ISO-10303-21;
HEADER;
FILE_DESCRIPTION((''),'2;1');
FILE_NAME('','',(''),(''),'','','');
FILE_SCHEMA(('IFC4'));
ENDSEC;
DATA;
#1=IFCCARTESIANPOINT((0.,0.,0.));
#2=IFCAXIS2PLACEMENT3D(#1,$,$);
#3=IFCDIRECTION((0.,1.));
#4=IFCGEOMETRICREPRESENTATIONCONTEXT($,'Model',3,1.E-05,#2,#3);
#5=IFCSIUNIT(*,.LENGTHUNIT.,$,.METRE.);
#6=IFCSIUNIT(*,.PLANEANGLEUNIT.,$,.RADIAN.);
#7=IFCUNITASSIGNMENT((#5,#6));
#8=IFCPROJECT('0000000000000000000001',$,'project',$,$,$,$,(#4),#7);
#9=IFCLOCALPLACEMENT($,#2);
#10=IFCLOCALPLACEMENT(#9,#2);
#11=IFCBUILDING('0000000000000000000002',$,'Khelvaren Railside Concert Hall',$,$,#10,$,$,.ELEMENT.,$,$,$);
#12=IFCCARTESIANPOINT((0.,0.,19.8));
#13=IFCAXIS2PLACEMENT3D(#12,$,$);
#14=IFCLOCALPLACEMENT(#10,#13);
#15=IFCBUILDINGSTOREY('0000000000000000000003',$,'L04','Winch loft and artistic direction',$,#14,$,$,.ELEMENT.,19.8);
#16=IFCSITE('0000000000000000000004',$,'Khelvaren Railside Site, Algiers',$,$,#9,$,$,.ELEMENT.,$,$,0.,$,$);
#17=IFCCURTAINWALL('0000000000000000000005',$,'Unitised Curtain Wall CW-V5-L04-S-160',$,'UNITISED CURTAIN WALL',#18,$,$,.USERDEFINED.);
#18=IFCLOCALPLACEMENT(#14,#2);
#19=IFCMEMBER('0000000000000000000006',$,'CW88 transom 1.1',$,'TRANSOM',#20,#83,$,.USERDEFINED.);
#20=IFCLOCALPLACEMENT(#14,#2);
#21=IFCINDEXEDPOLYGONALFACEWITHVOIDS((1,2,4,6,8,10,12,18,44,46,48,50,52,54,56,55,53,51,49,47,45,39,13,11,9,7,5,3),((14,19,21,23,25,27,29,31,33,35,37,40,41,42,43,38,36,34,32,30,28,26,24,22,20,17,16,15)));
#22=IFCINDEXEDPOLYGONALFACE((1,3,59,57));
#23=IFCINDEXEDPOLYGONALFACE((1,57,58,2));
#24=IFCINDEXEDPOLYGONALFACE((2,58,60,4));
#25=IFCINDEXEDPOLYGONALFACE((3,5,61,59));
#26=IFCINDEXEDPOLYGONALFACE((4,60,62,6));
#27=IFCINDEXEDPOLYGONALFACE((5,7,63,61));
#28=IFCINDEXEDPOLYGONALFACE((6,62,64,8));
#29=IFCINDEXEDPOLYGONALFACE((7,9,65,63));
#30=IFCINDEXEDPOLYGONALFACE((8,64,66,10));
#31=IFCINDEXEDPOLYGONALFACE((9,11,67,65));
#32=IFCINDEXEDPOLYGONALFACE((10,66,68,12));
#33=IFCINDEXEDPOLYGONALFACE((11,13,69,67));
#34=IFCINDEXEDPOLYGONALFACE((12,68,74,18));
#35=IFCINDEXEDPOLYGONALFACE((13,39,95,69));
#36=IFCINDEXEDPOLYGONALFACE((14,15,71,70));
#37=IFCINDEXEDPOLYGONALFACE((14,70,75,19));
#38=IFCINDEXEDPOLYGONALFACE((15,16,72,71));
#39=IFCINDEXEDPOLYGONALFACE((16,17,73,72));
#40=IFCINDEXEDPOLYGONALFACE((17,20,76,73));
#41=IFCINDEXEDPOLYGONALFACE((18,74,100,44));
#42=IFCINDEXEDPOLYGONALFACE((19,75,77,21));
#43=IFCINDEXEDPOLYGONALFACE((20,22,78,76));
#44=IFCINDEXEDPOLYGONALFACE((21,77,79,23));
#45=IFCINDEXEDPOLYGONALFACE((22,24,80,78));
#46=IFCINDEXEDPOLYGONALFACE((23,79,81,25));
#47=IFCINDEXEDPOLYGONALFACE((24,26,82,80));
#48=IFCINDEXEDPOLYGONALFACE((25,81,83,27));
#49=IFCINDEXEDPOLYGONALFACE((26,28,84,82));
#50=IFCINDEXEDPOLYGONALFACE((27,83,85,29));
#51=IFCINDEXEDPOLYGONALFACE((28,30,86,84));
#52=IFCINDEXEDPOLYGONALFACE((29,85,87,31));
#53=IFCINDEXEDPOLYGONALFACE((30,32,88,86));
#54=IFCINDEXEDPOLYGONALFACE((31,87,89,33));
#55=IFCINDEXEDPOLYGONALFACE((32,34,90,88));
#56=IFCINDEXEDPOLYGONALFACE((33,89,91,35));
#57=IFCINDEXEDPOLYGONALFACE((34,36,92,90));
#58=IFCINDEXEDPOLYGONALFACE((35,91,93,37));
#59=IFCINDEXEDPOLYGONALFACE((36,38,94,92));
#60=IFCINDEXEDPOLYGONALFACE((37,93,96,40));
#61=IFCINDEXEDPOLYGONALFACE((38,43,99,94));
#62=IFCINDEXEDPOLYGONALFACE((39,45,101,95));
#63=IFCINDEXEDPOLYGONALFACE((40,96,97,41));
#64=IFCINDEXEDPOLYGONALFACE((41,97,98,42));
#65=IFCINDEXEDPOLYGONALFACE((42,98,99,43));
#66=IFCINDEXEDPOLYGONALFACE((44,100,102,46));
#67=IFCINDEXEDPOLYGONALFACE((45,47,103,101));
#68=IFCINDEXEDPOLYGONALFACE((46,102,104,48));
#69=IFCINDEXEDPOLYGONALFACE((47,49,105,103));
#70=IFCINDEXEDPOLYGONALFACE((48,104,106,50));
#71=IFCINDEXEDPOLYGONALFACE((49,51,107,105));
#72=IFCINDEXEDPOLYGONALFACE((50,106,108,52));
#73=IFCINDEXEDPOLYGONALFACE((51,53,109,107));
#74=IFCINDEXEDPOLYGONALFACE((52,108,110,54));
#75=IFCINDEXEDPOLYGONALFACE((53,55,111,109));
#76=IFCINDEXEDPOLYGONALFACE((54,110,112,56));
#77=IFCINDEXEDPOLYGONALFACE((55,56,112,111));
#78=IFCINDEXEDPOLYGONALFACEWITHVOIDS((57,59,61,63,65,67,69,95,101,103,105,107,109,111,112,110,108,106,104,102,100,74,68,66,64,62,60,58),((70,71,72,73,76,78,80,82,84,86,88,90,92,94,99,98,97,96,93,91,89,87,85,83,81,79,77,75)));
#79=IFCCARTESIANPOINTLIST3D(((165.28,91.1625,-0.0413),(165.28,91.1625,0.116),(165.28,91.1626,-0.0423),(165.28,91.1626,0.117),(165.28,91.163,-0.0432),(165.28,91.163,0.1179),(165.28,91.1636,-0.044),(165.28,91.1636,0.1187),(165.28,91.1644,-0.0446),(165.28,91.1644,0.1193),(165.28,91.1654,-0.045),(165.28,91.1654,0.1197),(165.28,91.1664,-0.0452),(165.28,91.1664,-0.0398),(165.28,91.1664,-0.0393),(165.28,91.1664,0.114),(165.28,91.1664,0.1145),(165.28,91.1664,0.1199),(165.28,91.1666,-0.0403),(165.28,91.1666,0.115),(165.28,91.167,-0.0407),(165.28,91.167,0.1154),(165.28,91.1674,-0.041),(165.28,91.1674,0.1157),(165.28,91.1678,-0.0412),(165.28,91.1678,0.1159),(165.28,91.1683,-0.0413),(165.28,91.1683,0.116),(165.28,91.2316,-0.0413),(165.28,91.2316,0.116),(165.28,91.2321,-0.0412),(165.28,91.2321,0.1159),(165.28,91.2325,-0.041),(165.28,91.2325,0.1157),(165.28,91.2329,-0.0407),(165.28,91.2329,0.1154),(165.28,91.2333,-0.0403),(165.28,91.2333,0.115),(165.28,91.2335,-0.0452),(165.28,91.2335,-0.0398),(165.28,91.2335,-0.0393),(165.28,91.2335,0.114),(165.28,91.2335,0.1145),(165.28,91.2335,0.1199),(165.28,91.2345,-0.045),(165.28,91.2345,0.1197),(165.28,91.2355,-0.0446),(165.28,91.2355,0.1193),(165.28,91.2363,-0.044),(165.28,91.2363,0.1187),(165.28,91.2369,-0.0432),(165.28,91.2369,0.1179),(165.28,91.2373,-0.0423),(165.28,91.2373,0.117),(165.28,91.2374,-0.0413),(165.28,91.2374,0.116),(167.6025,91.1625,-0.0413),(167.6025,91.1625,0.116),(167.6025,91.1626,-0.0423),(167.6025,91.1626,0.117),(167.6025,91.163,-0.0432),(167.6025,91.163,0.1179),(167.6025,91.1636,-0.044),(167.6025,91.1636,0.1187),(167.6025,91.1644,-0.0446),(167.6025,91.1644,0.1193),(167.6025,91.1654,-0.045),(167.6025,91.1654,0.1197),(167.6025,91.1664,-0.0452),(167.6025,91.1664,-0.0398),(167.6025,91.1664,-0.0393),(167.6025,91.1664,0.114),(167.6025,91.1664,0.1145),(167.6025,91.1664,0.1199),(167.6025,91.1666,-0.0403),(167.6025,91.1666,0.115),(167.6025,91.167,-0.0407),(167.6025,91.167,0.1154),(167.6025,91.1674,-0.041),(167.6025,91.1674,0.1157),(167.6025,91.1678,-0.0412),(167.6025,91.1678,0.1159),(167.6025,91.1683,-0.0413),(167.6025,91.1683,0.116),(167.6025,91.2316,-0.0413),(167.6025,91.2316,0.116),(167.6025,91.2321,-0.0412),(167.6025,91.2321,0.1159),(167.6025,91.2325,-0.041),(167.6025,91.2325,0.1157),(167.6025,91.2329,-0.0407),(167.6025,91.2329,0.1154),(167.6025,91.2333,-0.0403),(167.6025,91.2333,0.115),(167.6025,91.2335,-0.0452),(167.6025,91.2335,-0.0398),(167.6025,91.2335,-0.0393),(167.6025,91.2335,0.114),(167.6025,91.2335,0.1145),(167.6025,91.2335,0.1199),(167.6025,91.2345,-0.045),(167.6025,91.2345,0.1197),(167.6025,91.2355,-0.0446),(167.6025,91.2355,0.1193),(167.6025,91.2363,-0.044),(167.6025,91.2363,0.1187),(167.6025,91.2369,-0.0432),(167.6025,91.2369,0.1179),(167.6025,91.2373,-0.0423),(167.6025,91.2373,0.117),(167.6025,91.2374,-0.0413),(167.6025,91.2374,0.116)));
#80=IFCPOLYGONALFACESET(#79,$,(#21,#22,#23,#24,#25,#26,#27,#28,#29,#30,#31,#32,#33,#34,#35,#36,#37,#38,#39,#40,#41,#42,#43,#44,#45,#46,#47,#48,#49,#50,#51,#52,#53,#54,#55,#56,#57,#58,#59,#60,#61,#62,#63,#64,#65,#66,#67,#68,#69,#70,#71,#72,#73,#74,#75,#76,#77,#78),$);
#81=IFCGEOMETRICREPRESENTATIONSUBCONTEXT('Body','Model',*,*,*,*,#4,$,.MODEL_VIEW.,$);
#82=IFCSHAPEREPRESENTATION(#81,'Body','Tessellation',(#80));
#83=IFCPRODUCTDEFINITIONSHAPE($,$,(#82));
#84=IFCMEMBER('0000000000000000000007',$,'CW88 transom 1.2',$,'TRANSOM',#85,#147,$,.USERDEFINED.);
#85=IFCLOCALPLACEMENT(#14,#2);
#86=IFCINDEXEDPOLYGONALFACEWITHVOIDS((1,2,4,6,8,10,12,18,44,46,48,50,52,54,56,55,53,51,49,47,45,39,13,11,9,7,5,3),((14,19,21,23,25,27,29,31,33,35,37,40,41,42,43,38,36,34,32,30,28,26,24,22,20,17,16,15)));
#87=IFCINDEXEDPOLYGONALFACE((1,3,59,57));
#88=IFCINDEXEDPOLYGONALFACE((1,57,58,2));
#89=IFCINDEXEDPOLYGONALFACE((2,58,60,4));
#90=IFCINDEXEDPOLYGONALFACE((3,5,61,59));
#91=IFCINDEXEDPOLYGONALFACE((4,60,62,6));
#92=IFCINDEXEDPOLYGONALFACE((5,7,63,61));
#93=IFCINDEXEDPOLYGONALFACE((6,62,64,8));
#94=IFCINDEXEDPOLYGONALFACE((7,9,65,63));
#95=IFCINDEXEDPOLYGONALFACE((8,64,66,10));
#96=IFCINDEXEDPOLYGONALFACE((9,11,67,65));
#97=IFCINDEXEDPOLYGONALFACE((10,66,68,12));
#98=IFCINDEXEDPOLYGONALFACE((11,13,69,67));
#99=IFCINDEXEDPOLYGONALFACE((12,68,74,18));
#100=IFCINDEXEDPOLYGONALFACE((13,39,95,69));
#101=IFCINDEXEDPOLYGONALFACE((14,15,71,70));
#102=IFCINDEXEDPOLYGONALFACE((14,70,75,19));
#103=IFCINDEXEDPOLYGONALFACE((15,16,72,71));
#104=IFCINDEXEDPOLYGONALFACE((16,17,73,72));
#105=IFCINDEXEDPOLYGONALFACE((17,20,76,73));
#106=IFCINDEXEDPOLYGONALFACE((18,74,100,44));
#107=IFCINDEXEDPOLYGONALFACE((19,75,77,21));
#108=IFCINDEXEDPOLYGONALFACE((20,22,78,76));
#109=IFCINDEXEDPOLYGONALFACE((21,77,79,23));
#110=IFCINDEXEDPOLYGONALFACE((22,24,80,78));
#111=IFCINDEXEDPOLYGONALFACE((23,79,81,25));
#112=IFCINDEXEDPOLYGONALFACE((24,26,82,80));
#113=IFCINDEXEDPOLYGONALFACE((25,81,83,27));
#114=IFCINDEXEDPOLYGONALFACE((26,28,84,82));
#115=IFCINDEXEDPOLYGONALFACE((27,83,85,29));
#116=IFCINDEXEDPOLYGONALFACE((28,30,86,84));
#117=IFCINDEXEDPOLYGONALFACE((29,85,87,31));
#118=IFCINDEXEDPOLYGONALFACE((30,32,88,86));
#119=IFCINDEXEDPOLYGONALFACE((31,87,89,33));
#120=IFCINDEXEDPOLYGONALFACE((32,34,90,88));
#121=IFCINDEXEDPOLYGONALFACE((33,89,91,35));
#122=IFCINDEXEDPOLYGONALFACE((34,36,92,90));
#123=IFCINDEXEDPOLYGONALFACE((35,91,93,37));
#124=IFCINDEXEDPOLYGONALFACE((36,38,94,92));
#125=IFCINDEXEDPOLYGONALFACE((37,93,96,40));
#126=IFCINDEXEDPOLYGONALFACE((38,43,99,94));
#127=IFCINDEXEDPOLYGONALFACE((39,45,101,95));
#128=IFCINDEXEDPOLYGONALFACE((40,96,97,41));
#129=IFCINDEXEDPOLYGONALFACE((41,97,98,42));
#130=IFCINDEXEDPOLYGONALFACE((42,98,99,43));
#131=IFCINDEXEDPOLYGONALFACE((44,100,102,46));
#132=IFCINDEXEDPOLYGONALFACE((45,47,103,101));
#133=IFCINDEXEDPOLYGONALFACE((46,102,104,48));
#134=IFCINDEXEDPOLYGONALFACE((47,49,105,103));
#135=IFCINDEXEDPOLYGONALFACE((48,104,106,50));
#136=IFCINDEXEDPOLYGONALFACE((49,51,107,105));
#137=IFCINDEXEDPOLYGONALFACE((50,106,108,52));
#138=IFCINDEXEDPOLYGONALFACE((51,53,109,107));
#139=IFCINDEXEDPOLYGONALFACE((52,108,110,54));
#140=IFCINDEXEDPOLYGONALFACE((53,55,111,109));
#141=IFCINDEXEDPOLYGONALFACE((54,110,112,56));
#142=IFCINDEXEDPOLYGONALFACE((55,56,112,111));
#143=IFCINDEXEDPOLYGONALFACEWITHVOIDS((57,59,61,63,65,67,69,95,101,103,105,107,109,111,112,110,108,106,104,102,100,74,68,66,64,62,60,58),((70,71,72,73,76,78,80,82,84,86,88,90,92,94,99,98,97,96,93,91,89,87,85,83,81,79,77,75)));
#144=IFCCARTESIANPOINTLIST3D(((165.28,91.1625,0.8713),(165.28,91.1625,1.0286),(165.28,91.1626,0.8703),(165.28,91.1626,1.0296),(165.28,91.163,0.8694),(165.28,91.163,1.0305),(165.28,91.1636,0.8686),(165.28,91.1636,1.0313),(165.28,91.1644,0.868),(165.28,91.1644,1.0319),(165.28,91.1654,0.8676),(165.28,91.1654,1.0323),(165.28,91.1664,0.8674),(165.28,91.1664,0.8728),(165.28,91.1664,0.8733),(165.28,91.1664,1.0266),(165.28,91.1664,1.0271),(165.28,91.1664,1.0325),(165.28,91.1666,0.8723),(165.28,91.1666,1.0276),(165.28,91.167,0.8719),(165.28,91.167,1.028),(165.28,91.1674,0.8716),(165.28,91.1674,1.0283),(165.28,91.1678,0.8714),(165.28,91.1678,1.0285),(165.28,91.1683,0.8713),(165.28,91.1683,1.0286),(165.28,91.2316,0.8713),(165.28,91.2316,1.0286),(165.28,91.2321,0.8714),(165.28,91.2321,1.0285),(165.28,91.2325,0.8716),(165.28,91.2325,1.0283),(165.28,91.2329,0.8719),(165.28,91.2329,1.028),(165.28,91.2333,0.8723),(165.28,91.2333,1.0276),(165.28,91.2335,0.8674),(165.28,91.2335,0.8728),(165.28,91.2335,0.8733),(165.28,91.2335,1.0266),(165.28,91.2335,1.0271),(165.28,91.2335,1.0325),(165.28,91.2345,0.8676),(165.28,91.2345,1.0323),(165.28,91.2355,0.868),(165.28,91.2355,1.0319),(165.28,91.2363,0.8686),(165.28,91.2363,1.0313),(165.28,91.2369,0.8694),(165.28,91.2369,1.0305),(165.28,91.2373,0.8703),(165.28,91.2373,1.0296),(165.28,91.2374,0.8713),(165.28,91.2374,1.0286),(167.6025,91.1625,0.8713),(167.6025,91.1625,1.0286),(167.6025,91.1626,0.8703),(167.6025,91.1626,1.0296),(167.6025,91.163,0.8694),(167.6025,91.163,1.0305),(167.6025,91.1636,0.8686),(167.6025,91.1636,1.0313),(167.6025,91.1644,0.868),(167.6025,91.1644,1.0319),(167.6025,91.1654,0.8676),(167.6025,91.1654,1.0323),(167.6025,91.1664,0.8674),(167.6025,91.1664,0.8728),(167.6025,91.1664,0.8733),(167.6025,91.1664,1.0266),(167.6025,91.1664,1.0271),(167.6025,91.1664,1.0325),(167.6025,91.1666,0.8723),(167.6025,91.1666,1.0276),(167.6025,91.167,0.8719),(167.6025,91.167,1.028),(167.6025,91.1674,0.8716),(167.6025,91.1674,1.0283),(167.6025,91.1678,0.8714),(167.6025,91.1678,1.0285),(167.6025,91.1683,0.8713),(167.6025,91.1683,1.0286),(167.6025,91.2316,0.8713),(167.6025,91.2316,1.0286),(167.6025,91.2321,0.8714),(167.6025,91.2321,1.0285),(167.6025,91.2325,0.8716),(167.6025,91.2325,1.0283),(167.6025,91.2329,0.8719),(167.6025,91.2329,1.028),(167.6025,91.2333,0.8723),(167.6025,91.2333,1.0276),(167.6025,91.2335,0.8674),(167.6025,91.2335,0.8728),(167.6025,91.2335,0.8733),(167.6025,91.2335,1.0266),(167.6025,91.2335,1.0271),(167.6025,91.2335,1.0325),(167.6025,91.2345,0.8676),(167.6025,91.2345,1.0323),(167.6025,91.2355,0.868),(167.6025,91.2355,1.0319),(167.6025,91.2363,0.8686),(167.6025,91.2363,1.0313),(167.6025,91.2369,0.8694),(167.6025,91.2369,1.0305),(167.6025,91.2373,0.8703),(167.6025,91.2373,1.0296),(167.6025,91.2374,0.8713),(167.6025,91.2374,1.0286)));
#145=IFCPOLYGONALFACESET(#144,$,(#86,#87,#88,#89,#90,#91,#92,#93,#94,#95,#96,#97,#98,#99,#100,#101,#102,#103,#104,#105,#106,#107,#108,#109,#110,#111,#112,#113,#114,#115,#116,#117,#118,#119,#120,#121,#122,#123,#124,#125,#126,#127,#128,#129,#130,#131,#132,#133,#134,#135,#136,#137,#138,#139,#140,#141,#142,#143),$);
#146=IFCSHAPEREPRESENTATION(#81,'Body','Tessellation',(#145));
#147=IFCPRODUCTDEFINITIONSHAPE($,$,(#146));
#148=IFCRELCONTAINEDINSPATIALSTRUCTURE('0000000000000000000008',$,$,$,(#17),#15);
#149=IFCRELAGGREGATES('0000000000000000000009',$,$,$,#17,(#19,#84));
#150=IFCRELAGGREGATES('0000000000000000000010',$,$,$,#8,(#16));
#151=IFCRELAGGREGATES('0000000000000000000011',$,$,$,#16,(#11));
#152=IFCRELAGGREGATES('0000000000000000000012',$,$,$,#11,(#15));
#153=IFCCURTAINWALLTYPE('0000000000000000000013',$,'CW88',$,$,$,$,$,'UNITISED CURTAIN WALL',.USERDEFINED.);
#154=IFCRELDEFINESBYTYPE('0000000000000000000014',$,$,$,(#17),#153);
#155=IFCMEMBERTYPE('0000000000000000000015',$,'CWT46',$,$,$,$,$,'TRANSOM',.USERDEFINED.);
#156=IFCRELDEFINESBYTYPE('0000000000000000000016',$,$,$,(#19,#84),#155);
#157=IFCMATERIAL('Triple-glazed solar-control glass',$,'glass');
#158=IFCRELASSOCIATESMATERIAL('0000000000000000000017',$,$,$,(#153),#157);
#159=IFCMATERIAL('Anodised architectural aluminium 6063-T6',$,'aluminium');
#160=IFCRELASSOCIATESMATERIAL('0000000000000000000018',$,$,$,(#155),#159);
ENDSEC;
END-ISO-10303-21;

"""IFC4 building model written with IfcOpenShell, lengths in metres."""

from ifc_helpers import new_model, si_unit, direction, frame, origin, origin_2d, place, context, subcontext, project, spatial, hollow_rectangle, extrude, material, material_profile, profile_set, type_object, element, aggregate, save


model = new_model("IFC4")

# Units and contexts
model_context = context("Model", 3, precision=1e-05, world=origin(), true_north=direction((0.0, 1.0)))
body_context = subcontext(model_context, "Body", "Model", "MODEL_VIEW")
ifc_project = project(units=[si_unit("LENGTHUNIT", "METRE"), si_unit("PLANEANGLEUNIT", "RADIAN")], contexts=[model_context])

# Site, building, storey
site_placement = place(None, origin())
site = spatial("IfcSite", under=ifc_project, at=site_placement, Name="Khelvaren Railside Site, Algiers", CompositionType="ELEMENT", RefElevation=0.0)
building_placement = place(site_placement, origin())
building = spatial("IfcBuilding", under=site, at=building_placement, Name="Khelvaren Railside Concert Hall", CompositionType="ELEMENT")
storey_placement = place(building_placement, frame((0.0, 0.0, 19.8)))
storey = spatial("IfcBuildingStorey", under=building, at=storey_placement, Name="L04", Description="Winch loft and artistic direction", CompositionType="ELEMENT", Elevation=19.8)

# Curtain wall
ifc_material_1 = material(Name="Triple-glazed solar-control glass", Category="glass")
curtain_wall_type_1 = type_object("IfcCurtainWallType", Name="CW88", ElementType="UNITISED CURTAIN WALL", PredefinedType="USERDEFINED", material=ifc_material_1)
curtain_wall_1_placement = place(storey_placement, origin())
curtain_wall_1 = element("IfcCurtainWall", 1, at=curtain_wall_1_placement, inside=storey, type_object=curtain_wall_type_1, Name="Unitised Curtain Wall CW-V5-L04-S-160", ObjectType="UNITISED CURTAIN WALL", PredefinedType="USERDEFINED")
ifc_material_2 = material(Name="Anodised architectural aluminium 6063-T6", Category="aluminium")

# Members
ifc_material_profile_1 = material_profile(ifc_material_2, hollow_rectangle(XDim=0.075, YDim=0.165, WallThickness=0.0039, InnerFilletRadius=0.002, OuterFilletRadius=0.0039, at=origin_2d()), Name="CWT 75x165x4")
ifc_profile_set_1 = profile_set([ifc_material_profile_1], Name="Anodised architectural aluminium 6063-T6")
member_type_1 = type_object("IfcMemberType", Name="CWT46", ElementType="TRANSOM", PredefinedType="USERDEFINED", material=ifc_profile_set_1)
member_1_placement = place(storey_placement, frame((167.6025, 91.2, 0.0374), z_axis=(-1.0, 0.0, 0.0), x_axis=(0.0, -1.0, 0.0)))
member_1 = element("IfcMember", 2, at=member_1_placement, type_object=member_type_1, Name="CW88 transom 1.1", ObjectType="TRANSOM", PredefinedType="USERDEFINED", context=body_context, shape_type="SweptSolid", body=[
    extrude(hollow_rectangle(XDim=0.075, YDim=0.165, WallThickness=0.0039, InnerFilletRadius=0.002, OuterFilletRadius=0.0039, at=origin_2d()), origin(), (0.0, 0.0, 1.0), 2.3225),
])
member_2_placement = place(storey_placement, frame((167.6025, 91.2, 0.95), z_axis=(-1.0, 0.0, 0.0), x_axis=(0.0, -1.0, 0.0)))
member_2 = element("IfcMember", 3, at=member_2_placement, type_object=member_type_1, Name="CW88 transom 1.2", ObjectType="TRANSOM", PredefinedType="USERDEFINED", context=body_context, shape_type="SweptSolid", body=[
    extrude(hollow_rectangle(XDim=0.075, YDim=0.165, WallThickness=0.0039, InnerFilletRadius=0.002, OuterFilletRadius=0.0039, at=origin_2d()), origin(), (0.0, 0.0, 1.0), 2.3225),
])

aggregate(curtain_wall_1, [member_1, member_2])

save(model, "model.ifc")
